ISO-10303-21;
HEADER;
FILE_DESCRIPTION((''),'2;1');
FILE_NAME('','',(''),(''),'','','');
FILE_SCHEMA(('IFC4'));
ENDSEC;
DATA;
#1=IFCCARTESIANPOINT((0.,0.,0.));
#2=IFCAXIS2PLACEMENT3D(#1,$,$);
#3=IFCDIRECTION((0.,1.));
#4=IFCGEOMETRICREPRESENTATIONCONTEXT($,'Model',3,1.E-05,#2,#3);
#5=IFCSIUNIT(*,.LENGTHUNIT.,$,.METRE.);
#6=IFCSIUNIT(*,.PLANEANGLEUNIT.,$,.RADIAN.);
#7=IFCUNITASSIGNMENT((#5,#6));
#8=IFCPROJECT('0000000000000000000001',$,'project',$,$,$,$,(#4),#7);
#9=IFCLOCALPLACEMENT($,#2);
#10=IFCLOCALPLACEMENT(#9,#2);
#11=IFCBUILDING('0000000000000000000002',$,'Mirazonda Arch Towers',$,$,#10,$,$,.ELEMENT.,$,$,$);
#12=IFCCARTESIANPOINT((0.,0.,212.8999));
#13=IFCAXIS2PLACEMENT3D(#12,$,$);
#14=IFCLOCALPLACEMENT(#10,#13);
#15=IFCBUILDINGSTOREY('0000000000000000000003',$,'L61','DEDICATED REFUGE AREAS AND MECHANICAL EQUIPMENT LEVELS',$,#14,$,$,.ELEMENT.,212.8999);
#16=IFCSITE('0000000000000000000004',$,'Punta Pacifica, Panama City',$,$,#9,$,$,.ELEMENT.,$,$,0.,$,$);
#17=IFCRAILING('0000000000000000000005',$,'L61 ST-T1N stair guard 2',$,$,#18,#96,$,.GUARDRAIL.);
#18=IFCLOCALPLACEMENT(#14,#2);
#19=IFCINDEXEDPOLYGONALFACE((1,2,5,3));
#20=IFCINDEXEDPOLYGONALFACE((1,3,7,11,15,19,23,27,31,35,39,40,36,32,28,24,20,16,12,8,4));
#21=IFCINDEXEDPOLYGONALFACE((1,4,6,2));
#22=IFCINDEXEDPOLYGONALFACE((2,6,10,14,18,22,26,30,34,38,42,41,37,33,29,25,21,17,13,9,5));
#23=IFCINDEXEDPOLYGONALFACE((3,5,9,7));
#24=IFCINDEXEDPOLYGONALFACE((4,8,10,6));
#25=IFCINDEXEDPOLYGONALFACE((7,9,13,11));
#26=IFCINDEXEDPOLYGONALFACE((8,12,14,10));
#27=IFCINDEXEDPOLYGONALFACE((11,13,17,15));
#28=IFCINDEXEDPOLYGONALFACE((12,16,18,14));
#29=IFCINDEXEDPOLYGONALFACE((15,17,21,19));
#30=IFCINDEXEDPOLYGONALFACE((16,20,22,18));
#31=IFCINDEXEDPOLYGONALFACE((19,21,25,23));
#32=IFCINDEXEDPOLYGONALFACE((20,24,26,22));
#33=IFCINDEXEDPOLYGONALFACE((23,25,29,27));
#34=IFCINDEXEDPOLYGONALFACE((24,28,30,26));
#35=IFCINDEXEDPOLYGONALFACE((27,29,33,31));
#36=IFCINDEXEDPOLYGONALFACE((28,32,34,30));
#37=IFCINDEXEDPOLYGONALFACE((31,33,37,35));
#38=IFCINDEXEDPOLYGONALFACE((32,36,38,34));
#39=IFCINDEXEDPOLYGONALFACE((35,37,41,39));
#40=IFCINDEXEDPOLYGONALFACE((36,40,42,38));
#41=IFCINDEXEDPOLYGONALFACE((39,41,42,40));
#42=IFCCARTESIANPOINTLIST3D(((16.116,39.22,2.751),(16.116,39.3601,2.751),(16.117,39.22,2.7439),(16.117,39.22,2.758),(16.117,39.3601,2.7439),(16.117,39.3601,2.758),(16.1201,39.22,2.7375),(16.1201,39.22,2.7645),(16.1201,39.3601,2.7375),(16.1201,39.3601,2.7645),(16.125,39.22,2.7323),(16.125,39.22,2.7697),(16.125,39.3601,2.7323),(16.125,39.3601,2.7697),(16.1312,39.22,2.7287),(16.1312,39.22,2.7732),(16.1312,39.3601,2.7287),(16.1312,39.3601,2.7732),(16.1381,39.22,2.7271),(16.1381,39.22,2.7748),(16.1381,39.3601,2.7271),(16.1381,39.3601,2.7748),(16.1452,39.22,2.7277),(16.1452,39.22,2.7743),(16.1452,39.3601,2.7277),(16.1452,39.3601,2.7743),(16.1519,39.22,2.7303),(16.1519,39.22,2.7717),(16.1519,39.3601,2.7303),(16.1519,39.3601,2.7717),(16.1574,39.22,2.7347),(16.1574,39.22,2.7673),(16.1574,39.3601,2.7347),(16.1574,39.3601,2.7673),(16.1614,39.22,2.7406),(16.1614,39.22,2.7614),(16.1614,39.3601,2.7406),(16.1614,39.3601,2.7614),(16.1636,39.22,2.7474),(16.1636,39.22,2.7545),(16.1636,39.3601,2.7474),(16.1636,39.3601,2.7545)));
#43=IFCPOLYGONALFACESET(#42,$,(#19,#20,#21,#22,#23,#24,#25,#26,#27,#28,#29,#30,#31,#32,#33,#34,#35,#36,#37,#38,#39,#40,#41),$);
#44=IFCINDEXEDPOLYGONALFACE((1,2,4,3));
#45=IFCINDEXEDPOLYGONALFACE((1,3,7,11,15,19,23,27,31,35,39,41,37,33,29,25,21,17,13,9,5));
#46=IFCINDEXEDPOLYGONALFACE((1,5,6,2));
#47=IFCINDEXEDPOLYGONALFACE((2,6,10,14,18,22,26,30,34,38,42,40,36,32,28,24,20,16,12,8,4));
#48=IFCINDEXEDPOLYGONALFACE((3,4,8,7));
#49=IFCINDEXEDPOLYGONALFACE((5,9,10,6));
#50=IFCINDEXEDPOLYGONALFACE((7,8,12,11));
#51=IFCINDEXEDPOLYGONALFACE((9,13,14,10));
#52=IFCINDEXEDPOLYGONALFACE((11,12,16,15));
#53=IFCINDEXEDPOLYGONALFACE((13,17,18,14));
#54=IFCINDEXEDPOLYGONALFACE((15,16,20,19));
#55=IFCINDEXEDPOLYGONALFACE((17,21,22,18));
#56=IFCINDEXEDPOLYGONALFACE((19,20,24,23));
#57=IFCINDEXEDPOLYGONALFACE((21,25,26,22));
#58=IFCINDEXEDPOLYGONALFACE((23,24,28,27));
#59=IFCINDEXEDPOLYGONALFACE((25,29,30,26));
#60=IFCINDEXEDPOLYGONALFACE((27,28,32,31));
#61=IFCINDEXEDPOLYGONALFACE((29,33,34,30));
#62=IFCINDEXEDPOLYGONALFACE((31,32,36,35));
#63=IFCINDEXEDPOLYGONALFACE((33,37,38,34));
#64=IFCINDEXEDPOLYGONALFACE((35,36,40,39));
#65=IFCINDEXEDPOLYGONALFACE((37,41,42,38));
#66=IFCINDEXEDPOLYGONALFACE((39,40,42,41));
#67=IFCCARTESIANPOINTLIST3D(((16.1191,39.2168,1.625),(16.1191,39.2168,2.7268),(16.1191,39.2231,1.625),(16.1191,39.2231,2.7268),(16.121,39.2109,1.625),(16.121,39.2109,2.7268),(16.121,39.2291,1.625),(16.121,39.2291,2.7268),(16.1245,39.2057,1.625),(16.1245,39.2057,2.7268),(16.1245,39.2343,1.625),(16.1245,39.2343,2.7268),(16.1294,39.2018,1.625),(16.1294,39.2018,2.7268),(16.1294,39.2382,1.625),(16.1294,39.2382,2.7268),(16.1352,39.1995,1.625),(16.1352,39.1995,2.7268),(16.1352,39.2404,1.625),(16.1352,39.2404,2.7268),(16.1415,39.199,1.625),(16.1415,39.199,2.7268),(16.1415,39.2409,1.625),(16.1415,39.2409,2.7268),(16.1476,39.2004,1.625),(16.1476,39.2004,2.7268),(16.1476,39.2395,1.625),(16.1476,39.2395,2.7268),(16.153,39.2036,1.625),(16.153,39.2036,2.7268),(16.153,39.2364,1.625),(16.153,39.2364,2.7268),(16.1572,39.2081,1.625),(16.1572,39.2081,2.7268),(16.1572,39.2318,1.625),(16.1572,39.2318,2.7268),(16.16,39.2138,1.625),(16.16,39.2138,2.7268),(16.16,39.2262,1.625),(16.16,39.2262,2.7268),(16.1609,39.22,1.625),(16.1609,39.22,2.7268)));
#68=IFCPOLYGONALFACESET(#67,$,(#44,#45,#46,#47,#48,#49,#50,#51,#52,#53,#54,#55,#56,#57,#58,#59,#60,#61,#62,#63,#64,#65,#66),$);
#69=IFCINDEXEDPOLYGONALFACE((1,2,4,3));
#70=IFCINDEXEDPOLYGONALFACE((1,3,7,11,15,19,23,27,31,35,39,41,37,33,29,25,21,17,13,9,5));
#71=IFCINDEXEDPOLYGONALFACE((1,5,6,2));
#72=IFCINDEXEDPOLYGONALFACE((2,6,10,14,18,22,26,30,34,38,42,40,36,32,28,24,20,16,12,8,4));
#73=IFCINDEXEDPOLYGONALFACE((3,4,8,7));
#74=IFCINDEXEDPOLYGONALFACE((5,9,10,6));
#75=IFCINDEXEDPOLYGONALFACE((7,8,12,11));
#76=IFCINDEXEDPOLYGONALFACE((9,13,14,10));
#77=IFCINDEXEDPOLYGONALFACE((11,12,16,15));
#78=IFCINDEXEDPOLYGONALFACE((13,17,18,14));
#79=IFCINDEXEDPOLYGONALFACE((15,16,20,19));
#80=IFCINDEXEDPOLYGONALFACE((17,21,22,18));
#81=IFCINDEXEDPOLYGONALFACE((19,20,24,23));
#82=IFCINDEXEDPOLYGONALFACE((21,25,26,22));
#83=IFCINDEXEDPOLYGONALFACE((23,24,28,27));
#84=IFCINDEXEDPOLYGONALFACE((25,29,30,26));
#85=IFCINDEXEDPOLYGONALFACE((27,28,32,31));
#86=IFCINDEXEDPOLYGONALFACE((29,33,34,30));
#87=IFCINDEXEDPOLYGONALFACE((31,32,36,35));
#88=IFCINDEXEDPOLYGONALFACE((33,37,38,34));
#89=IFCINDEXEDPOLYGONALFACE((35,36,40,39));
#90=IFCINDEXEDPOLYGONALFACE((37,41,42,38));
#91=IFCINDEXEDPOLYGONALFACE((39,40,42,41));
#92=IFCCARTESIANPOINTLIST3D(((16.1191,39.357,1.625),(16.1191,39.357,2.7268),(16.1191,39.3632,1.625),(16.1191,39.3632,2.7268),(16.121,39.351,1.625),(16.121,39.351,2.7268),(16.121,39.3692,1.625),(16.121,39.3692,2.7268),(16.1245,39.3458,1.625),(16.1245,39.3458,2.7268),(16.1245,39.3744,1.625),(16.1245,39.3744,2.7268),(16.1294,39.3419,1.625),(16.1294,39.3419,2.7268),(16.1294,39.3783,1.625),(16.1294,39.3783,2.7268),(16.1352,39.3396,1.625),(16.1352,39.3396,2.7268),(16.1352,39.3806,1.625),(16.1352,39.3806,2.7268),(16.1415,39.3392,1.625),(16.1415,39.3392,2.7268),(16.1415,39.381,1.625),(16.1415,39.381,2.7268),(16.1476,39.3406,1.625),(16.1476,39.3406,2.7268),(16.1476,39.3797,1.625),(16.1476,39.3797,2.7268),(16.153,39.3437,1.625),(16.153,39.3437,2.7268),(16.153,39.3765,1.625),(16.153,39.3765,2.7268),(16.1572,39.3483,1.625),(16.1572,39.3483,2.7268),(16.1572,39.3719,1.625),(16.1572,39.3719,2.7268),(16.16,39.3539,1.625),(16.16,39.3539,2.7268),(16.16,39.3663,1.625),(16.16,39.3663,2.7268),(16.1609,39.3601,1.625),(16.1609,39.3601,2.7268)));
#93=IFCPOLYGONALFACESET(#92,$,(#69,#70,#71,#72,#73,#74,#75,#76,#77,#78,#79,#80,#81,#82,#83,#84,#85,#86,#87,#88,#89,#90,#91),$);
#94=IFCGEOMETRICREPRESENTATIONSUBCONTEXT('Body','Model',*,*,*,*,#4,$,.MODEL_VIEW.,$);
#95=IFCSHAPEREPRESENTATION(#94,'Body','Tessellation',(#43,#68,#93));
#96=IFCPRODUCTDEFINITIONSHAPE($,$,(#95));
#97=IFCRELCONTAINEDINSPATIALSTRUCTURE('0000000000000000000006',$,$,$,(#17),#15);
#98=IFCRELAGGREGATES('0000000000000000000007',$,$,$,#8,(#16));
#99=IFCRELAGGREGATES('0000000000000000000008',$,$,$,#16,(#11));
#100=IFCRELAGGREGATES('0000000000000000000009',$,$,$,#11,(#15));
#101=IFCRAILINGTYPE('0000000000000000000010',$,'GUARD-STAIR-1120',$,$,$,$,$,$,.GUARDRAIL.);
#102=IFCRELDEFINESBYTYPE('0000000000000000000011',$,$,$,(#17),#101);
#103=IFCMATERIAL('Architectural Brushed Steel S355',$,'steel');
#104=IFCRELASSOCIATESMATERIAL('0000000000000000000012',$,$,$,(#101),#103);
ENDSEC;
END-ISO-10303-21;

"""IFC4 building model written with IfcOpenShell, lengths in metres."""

from ifc_helpers import new_model, si_unit, direction, frame, origin, origin_2d, place, context, subcontext, project, spatial, circle, extrude, material, type_object, element, save


model = new_model("IFC4")

# Units and contexts
model_context = context("Model", 3, precision=1e-05, world=origin(), true_north=direction((0.0, 1.0)))
body_context = subcontext(model_context, "Body", "Model", "MODEL_VIEW")
ifc_project = project(units=[si_unit("LENGTHUNIT", "METRE"), si_unit("PLANEANGLEUNIT", "RADIAN")], contexts=[model_context])

# Site, building, storey
site_placement = place(None, origin())
site = spatial("IfcSite", under=ifc_project, at=site_placement, Name="Punta Pacifica, Panama City", CompositionType="ELEMENT", RefElevation=0.0)
building_placement = place(site_placement, origin())
building = spatial("IfcBuilding", under=site, at=building_placement, Name="Mirazonda Arch Towers", CompositionType="ELEMENT")
storey_placement = place(building_placement, frame((0.0, 0.0, 212.8999)))
storey = spatial("IfcBuildingStorey", under=building, at=storey_placement, Name="L61", Description="DEDICATED REFUGE AREAS AND MECHANICAL EQUIPMENT LEVELS", CompositionType="ELEMENT", Elevation=212.8999)

# Railing
ifc_material_1 = material(Name="Architectural Brushed Steel S355", Category="steel")
railing_type_1 = type_object("IfcRailingType", Name="GUARD-STAIR-1120", PredefinedType="GUARDRAIL", material=ifc_material_1)
railing_1_placement = place(storey_placement, frame((16.1399, 39.22, 1.625)))
element("IfcRailing", 1, at=railing_1_placement, inside=storey, type_object=railing_type_1, Name="L61 ST-T1N stair guard 2", PredefinedType="GUARDRAIL", context=body_context, shape_type="SweptSolid", body=[
    extrude(circle(Radius=0.0239, at=origin_2d()), frame((0.0, 0.0, 1.126), z_axis=(0.0, 1.0, 0.0), x_axis=(-1.0, 0.0, 0.0)), (0.0, 0.0, 1.0), 0.1401),
    extrude(circle(Radius=0.021, at=origin_2d()), origin(), (0.0, 0.0, 1.0), 1.1018),
    extrude(circle(Radius=0.021, at=origin_2d()), frame((0.0, 0.1401, 0.0)), (0.0, 0.0, 1.0), 1.1018),
])

save(model, "model.ifc")
